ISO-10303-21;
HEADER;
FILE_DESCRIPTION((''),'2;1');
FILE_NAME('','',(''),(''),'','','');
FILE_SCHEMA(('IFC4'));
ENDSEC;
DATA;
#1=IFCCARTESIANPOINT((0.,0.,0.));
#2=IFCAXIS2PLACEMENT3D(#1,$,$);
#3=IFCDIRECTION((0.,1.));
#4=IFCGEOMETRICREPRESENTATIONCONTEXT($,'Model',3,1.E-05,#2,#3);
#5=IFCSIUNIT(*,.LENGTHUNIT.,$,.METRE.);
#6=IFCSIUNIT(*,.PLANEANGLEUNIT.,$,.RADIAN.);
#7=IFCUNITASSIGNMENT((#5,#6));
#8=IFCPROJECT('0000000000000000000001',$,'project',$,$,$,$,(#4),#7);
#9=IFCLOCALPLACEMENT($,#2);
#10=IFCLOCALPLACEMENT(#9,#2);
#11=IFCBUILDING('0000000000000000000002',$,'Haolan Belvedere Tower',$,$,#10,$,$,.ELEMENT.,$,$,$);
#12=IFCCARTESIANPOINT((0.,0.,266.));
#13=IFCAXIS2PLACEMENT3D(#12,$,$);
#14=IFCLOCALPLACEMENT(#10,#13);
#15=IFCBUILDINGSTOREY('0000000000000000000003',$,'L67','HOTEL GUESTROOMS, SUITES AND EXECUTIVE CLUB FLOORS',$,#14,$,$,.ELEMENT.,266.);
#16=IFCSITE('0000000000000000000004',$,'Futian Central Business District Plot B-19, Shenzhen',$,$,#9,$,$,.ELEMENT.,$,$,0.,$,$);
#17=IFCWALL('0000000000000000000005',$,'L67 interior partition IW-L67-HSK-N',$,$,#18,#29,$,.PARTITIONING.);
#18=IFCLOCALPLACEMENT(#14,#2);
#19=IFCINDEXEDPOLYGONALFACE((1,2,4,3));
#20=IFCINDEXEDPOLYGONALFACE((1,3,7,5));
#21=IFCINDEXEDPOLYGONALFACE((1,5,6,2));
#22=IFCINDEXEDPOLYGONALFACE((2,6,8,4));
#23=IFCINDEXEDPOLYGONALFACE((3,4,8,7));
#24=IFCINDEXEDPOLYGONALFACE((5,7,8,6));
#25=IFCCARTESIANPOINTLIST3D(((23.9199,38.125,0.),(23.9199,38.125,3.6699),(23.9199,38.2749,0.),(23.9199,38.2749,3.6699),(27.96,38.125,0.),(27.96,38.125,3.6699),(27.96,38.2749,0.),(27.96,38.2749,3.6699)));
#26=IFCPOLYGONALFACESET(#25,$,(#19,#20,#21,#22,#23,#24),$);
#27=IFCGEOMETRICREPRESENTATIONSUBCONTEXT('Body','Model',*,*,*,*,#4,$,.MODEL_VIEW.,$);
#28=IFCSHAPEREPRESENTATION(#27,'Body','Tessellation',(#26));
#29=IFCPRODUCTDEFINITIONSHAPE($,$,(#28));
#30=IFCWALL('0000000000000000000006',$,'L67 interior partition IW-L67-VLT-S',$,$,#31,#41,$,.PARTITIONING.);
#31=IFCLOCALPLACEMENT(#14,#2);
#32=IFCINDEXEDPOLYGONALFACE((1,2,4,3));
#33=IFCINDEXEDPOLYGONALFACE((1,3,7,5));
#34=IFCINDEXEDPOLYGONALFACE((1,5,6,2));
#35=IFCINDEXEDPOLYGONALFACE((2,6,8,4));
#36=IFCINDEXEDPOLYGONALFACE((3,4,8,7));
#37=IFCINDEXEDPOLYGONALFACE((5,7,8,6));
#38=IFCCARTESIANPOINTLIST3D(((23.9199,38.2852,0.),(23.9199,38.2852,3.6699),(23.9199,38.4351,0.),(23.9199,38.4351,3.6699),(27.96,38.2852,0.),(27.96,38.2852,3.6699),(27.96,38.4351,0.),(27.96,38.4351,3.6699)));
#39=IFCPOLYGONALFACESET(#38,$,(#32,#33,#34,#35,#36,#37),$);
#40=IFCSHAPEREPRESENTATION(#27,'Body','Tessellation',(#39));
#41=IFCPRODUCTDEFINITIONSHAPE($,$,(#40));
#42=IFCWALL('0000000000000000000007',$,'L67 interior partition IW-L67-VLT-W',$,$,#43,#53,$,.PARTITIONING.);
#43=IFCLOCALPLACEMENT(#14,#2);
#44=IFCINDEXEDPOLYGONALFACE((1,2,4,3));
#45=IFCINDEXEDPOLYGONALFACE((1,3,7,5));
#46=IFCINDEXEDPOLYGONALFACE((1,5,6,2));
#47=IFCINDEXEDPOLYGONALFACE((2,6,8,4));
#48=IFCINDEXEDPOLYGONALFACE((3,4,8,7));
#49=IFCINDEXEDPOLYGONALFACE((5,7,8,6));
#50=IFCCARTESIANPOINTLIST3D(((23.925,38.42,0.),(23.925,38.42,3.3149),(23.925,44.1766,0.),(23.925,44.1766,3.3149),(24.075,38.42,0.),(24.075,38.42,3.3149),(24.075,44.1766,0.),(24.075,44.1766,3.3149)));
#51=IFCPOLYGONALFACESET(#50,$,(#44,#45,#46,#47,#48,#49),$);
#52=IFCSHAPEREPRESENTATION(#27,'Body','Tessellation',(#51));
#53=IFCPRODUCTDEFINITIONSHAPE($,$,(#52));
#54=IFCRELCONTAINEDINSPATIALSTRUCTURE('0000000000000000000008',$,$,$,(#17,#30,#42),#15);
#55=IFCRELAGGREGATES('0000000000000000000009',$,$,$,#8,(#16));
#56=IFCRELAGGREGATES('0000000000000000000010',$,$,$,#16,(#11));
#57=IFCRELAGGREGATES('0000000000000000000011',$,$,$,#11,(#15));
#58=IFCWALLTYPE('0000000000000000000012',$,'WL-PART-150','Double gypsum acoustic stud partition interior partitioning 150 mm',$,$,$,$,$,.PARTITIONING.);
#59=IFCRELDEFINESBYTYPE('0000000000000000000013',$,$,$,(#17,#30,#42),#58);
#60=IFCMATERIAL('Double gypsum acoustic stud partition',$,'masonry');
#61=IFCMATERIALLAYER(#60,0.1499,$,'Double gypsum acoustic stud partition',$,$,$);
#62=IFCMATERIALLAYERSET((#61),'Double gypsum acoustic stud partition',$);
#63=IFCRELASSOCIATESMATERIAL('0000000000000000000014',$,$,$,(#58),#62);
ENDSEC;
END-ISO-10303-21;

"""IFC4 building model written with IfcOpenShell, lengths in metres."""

from ifc_helpers import new_model, si_unit, direction, frame, frame_2d, origin, place, context, subcontext, project, spatial, rectangle, extrude, material, layer, layer_set, type_object, element, save


model = new_model("IFC4")

# Units and contexts
model_context = context("Model", 3, precision=1e-05, world=origin(), true_north=direction((0.0, 1.0)))
body_context = subcontext(model_context, "Body", "Model", "MODEL_VIEW")
ifc_project = project(units=[si_unit("LENGTHUNIT", "METRE"), si_unit("PLANEANGLEUNIT", "RADIAN")], contexts=[model_context])

# Site, building, storey
site_placement = place(None, origin())
site = spatial("IfcSite", under=ifc_project, at=site_placement, Name="Futian Central Business District Plot B-19, Shenzhen", CompositionType="ELEMENT", RefElevation=0.0)
building_placement = place(site_placement, origin())
building = spatial("IfcBuilding", under=site, at=building_placement, Name="Haolan Belvedere Tower", CompositionType="ELEMENT")
storey_placement = place(building_placement, frame((0.0, 0.0, 266.0)))
storey = spatial("IfcBuildingStorey", under=building, at=storey_placement, Name="L67", Description="HOTEL GUESTROOMS, SUITES AND EXECUTIVE CLUB FLOORS", CompositionType="ELEMENT", Elevation=266.0)

# Walls
ifc_material_1 = material(Name="Double gypsum acoustic stud partition", Category="masonry")
ifc_layer_1 = layer(ifc_material_1, 0.1499, Name="Double gypsum acoustic stud partition")
ifc_layer_set_1 = layer_set([ifc_layer_1], Name="Double gypsum acoustic stud partition")
wall_type_1 = type_object("IfcWallType", Name="WL-PART-150", Description="Double gypsum acoustic stud partition interior partitioning 150 mm", PredefinedType="PARTITIONING", material=ifc_layer_set_1)
for number, where, z_axis, x_axis, name in (
    (1, (23.9199, 38.2, 0.0), (0.0, 0.0, 1.0), (1.0, 0.0, 0.0), "L67 interior partition IW-L67-HSK-N"),
    (2, (23.9199, 38.3601, 0.0), (0.0, 0.0, 1.0), (1.0, 0.0, 0.0), "L67 interior partition IW-L67-VLT-S"),
):
    element("IfcWall", number, at=place(storey_placement, frame(where, z_axis=z_axis, x_axis=x_axis)), inside=storey, type_object=wall_type_1, Name=name, PredefinedType="PARTITIONING", context=body_context, shape_type="SweptSolid", body=[
        extrude(rectangle(XDim=4.04, YDim=0.1499, at=frame_2d((2.02, 0.0))), origin(), (0.0, 0.0, 1.0), 3.6699),
    ])
wall_1_placement = place(storey_placement, frame((24.0, 38.4199, 0.0), z_axis=(0.0, 0.0, 1.0), x_axis=(0.0, 1.0, 0.0)))
element("IfcWall", 3, at=wall_1_placement, inside=storey, type_object=wall_type_1, Name="L67 interior partition IW-L67-VLT-W", PredefinedType="PARTITIONING", context=body_context, shape_type="SweptSolid", body=[
    extrude(rectangle(XDim=5.7566, YDim=0.1499, at=frame_2d((2.8784, 0.0))), origin(), (0.0, 0.0, 1.0), 3.3149),
])

save(model, "model.ifc")
